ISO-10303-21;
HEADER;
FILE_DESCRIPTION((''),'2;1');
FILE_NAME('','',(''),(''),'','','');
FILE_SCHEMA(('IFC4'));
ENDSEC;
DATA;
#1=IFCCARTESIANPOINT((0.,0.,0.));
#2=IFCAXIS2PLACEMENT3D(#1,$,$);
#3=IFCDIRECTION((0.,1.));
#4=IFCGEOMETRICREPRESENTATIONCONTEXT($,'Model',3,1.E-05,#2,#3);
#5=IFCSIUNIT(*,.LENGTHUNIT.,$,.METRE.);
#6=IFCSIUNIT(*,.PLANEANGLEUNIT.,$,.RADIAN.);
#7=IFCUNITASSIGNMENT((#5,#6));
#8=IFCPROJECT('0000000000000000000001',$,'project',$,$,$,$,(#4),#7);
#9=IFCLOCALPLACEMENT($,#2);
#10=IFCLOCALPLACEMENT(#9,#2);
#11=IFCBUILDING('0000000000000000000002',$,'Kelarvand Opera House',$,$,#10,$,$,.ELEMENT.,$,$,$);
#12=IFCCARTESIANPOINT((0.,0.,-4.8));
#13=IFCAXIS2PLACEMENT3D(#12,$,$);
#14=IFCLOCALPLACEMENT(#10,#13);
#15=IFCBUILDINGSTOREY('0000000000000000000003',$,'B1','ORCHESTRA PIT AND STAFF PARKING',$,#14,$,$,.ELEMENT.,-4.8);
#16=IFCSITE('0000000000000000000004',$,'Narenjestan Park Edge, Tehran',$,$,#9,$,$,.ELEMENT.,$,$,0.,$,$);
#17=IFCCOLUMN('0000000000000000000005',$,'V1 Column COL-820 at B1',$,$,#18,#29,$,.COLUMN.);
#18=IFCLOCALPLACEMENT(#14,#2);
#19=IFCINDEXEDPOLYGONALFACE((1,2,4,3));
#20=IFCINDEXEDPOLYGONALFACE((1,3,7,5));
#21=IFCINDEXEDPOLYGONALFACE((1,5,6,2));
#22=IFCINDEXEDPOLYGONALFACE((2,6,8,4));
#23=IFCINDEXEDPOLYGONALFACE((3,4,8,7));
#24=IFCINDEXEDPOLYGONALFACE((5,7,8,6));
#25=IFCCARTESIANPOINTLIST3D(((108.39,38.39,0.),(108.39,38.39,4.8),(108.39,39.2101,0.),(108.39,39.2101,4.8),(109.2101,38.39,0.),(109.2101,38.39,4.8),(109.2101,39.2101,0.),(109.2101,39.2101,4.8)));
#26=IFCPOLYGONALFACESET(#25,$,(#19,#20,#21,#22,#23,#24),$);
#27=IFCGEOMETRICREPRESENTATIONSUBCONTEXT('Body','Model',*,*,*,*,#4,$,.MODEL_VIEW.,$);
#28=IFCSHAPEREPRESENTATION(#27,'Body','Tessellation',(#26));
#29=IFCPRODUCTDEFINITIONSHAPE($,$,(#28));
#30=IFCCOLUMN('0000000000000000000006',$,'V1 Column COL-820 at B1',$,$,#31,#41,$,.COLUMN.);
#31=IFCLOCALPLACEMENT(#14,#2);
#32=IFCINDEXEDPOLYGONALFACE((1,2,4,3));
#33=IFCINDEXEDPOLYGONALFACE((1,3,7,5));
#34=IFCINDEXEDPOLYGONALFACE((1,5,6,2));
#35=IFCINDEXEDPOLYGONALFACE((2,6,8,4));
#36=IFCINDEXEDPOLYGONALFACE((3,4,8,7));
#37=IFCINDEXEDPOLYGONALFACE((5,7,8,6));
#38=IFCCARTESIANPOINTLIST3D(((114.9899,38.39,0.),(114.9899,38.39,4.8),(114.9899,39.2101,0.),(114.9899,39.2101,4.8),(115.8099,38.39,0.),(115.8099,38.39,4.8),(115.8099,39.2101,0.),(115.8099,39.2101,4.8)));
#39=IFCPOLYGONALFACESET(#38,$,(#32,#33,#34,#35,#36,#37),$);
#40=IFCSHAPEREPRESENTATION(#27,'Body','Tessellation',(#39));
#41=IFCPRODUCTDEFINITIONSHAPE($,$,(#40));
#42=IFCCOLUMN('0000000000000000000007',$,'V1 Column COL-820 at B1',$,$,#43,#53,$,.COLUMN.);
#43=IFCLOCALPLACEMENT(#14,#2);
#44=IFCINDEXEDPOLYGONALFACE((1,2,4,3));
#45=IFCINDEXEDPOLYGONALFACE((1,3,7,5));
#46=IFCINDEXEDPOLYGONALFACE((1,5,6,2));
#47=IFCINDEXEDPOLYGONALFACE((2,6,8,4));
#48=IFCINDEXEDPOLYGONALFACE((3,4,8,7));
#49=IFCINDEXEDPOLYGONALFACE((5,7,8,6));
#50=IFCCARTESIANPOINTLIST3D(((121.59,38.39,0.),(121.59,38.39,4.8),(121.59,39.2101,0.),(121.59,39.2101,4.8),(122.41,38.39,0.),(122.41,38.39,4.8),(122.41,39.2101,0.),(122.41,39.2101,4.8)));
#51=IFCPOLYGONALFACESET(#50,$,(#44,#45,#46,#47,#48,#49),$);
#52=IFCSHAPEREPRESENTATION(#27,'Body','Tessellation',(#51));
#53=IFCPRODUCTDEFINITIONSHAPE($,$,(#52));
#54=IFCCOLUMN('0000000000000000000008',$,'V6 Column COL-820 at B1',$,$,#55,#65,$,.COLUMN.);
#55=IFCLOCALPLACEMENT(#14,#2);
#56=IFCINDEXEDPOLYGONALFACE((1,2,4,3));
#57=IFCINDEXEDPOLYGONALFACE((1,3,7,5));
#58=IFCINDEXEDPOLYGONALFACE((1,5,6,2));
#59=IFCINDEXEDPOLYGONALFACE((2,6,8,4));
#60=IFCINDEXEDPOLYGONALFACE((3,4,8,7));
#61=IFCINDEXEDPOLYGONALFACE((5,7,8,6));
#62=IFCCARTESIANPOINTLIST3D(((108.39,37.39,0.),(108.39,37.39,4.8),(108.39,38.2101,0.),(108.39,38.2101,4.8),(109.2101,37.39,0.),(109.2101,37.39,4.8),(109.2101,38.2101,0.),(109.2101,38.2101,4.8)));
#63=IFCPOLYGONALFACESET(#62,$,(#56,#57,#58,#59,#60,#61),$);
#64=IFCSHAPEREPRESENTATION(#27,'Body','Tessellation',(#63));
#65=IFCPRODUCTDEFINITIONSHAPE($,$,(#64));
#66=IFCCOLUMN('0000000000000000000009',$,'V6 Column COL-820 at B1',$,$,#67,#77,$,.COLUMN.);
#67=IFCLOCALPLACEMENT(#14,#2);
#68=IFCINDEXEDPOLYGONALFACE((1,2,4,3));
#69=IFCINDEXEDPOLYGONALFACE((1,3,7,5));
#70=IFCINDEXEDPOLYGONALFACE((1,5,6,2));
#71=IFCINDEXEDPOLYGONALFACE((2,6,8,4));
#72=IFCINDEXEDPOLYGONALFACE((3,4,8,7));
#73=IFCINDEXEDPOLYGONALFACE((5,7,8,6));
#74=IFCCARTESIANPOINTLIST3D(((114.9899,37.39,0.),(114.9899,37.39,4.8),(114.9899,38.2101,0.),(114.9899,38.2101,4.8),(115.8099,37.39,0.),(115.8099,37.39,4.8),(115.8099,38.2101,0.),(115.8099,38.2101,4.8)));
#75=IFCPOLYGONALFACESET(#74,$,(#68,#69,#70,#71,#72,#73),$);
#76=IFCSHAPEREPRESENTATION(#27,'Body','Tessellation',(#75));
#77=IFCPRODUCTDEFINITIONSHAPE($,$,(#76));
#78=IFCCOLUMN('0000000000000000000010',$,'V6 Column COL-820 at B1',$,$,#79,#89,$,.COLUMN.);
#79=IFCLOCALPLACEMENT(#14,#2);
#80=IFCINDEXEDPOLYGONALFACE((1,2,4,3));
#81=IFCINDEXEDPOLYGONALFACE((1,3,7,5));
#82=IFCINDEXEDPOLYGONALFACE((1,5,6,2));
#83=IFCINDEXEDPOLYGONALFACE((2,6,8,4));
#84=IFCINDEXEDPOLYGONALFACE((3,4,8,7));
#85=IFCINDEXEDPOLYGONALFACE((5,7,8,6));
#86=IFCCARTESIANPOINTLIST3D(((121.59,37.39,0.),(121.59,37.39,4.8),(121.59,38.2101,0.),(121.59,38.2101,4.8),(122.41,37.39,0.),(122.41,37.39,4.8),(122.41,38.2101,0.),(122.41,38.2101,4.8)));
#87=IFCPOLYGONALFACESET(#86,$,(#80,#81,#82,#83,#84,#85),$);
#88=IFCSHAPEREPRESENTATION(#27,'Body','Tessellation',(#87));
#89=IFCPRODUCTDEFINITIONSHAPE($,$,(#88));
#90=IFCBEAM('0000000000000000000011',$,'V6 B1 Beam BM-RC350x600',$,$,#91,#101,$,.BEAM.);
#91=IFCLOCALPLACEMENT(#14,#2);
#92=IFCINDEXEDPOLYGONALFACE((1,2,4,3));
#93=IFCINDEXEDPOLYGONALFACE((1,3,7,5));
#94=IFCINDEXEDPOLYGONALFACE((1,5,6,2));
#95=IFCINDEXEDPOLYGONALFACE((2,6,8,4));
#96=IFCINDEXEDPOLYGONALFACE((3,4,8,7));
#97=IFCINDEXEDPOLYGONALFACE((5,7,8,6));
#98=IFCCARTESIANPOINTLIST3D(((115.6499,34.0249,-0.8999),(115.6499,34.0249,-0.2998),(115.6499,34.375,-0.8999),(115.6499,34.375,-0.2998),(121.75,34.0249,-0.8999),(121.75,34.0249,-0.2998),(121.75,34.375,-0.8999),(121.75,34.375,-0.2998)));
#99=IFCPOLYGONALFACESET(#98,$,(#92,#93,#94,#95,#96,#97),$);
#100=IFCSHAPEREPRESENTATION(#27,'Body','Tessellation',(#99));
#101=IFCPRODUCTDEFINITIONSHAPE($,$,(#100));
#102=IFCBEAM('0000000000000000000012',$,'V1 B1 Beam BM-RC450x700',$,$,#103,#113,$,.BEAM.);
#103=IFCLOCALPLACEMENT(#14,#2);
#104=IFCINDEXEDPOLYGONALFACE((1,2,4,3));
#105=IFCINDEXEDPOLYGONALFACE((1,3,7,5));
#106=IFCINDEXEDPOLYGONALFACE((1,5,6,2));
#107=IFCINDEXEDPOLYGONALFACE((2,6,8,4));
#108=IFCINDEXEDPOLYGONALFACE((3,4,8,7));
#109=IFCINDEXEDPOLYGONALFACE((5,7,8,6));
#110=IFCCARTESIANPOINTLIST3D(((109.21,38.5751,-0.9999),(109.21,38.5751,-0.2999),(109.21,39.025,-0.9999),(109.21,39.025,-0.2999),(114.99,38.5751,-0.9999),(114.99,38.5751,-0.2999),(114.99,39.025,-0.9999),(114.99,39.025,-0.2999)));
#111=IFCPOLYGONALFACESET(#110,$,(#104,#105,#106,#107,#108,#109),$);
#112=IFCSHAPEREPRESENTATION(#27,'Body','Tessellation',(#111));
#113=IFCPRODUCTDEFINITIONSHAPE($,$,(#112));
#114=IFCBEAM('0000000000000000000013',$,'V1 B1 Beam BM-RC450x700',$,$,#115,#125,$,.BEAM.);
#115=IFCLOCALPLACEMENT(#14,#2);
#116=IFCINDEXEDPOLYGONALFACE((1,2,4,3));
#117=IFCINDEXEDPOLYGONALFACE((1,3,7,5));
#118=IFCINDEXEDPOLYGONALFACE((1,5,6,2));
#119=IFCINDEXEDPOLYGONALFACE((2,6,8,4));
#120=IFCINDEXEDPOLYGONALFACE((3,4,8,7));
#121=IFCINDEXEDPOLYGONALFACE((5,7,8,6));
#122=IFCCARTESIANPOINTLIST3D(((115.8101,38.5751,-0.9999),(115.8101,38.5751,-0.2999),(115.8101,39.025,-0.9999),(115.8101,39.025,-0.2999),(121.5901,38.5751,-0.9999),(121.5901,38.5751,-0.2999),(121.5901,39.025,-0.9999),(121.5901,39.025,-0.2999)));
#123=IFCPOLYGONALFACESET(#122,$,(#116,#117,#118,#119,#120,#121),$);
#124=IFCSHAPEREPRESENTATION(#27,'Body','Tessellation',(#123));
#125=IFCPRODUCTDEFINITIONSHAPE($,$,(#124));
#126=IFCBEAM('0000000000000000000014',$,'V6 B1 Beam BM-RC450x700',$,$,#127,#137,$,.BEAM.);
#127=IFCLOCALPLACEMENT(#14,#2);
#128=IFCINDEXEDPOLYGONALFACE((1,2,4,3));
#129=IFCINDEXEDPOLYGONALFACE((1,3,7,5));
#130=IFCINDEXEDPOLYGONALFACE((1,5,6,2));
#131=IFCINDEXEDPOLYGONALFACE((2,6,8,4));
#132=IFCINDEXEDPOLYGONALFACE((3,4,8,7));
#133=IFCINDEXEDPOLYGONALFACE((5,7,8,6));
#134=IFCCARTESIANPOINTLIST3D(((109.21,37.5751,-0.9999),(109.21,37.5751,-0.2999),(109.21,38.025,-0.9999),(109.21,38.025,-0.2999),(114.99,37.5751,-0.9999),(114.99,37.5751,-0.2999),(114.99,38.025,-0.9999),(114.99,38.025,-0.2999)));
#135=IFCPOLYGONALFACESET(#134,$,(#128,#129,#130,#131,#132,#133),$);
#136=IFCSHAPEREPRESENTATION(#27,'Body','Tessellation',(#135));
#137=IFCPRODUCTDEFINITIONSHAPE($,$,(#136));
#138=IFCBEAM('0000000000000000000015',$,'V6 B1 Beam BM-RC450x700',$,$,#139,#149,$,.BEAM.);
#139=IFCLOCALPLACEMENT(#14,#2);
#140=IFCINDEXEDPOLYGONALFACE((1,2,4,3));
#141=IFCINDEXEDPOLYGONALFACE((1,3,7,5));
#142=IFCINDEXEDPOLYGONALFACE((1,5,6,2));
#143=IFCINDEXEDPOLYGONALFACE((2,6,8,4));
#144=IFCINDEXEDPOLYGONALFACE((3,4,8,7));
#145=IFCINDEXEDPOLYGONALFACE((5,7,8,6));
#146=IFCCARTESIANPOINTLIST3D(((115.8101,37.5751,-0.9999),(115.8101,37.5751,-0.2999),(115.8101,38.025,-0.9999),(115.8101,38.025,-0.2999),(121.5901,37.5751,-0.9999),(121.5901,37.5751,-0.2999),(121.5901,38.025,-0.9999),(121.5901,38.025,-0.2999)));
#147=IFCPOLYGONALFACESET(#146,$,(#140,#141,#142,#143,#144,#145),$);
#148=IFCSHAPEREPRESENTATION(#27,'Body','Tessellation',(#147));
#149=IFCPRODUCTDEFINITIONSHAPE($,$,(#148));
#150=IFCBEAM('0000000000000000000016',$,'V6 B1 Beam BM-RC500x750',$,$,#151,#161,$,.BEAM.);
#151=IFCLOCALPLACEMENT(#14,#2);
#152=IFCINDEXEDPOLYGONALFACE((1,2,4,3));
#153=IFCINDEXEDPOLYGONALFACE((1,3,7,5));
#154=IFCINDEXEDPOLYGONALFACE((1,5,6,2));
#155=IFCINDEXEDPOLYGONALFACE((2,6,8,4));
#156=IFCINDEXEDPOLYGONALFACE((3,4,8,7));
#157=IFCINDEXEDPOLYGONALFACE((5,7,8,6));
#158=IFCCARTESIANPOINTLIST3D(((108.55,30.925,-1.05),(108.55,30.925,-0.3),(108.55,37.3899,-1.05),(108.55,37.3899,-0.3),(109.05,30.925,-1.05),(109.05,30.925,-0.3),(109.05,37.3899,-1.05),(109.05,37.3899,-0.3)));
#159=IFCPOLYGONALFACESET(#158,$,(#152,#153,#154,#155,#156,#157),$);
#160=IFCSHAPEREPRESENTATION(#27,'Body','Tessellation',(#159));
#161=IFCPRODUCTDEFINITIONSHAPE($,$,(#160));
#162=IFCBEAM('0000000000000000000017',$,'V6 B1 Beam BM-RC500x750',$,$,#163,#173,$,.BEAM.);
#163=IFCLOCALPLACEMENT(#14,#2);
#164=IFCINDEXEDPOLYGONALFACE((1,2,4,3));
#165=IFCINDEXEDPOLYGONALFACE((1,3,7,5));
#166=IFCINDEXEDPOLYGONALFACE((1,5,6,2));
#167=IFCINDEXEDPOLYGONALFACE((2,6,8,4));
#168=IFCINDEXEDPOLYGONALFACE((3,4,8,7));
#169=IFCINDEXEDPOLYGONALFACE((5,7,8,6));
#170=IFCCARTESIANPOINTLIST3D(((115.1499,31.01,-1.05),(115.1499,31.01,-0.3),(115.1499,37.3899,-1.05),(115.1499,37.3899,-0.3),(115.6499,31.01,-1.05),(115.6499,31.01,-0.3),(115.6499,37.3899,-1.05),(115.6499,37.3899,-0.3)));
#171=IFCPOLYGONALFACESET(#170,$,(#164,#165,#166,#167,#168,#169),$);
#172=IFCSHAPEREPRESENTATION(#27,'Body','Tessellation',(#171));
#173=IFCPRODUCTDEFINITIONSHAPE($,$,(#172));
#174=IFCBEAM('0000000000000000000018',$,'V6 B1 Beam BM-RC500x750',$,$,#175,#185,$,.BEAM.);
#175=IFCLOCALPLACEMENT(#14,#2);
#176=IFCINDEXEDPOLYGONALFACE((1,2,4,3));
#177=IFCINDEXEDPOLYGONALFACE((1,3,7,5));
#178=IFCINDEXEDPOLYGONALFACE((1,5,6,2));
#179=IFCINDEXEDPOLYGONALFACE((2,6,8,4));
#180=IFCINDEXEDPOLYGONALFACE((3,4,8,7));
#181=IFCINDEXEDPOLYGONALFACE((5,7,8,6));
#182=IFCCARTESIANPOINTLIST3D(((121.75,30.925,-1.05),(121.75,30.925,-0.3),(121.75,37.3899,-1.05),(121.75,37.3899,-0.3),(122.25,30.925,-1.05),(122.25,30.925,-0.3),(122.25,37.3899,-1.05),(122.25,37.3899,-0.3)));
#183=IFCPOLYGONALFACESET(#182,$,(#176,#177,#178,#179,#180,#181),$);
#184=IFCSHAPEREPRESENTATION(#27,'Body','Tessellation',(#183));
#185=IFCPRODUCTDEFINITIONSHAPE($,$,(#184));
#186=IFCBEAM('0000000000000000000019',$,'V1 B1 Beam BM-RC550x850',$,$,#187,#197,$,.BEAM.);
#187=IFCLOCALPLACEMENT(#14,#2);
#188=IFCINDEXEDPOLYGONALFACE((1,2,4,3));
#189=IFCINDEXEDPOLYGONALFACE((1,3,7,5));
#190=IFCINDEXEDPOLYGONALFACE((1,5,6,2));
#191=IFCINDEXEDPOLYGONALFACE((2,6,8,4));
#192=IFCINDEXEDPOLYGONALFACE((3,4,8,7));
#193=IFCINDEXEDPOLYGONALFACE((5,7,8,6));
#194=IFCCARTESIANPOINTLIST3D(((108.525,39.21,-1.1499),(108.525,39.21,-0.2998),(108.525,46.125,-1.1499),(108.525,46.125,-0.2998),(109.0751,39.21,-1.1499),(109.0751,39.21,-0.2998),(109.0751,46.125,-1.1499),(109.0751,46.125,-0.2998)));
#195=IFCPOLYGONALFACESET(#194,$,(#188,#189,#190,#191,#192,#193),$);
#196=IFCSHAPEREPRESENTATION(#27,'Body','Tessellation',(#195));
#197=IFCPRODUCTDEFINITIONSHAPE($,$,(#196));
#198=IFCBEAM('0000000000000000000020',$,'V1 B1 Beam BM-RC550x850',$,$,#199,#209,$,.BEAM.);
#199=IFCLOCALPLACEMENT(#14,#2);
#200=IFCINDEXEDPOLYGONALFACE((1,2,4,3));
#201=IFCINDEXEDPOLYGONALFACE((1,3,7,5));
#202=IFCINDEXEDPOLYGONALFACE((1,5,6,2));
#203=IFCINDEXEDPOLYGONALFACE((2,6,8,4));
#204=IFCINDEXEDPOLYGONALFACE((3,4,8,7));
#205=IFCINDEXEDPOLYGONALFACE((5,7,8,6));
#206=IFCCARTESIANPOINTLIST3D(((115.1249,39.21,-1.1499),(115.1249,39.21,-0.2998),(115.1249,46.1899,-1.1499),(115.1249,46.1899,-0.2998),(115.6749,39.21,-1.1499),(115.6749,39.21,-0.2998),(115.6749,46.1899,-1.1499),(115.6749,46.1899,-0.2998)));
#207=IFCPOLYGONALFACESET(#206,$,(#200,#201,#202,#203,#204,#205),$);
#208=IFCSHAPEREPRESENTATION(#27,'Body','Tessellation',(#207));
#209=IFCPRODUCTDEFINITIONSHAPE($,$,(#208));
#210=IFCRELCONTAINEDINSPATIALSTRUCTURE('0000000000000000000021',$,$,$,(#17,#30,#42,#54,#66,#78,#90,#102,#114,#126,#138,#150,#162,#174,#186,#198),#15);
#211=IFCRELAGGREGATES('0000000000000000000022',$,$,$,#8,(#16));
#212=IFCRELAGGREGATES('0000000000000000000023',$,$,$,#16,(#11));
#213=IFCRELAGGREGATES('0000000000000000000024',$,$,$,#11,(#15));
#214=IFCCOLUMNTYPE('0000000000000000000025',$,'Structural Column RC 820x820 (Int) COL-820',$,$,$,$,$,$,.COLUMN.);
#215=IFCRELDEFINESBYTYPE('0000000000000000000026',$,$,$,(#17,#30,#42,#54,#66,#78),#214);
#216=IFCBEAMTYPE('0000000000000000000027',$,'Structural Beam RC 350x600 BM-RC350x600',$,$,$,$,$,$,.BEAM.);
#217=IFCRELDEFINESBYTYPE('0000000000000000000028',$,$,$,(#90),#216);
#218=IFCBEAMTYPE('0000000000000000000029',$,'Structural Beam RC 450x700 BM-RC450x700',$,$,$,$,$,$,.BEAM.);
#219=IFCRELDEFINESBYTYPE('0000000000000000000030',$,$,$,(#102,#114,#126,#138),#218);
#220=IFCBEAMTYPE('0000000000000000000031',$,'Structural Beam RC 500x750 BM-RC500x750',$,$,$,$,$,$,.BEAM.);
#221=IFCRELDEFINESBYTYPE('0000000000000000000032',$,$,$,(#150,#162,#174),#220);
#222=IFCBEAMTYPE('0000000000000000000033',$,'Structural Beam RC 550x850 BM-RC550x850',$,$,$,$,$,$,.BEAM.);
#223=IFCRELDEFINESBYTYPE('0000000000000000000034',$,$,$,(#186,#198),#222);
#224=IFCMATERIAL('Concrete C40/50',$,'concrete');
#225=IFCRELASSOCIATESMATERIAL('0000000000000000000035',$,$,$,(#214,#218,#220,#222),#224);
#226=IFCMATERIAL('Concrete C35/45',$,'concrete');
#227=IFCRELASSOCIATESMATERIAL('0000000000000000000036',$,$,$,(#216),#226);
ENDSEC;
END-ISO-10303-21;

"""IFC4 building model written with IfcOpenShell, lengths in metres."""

from ifc_helpers import new_model, si_unit, direction, frame, origin, origin_2d, place, context, subcontext, project, spatial, rectangle, extrude, material, material_profile, profile_set, type_object, element, save


model = new_model("IFC4")

# Units and contexts
model_context = context("Model", 3, precision=1e-05, world=origin(), true_north=direction((0.0, 1.0)))
body_context = subcontext(model_context, "Body", "Model", "MODEL_VIEW")
ifc_project = project(units=[si_unit("LENGTHUNIT", "METRE"), si_unit("PLANEANGLEUNIT", "RADIAN")], contexts=[model_context])

# Site, building, storey
site_placement = place(None, origin())
site = spatial("IfcSite", under=ifc_project, at=site_placement, Name="Narenjestan Park Edge, Tehran", CompositionType="ELEMENT", RefElevation=0.0)
building_placement = place(site_placement, origin())
building = spatial("IfcBuilding", under=site, at=building_placement, Name="Kelarvand Opera House", CompositionType="ELEMENT")
storey_placement = place(building_placement, frame((0.0, 0.0, -4.8)))
storey = spatial("IfcBuildingStorey", under=building, at=storey_placement, Name="B1", Description="ORCHESTRA PIT AND STAFF PARKING", CompositionType="ELEMENT", Elevation=-4.8)

# Columns
ifc_material_1 = material(Name="Concrete C40/50", Category="concrete")
ifc_material_profile_1 = material_profile(ifc_material_1, rectangle(XDim=0.8201, YDim=0.8201, at=origin_2d()), Name="RC 820x820", Category="concrete")
ifc_profile_set_1 = profile_set([ifc_material_profile_1], Name="Concrete C40/50")
column_type = type_object("IfcColumnType", Name="Structural Column RC 820x820 (Int) COL-820", PredefinedType="COLUMN", material=ifc_profile_set_1)
for number, where, z_axis, x_axis, name in (
    (1, (108.8, 38.8, 0.0), (0.0, 0.0, 1.0), (1.0, 0.0, 0.0), "V1 Column COL-820 at B1"),
    (2, (115.3999, 38.8, 0.0), (0.0, 0.0, 1.0), (1.0, 0.0, 0.0), "V1 Column COL-820 at B1"),
    (3, (122.0, 38.8, 0.0), (0.0, 0.0, 1.0), (1.0, 0.0, 0.0), "V1 Column COL-820 at B1"),
    (4, (108.8, 37.8, 0.0), (0.0, 0.0, 1.0), (1.0, 0.0, 0.0), "V6 Column COL-820 at B1"),
    (5, (115.3999, 37.8, 0.0), (0.0, 0.0, 1.0), (1.0, 0.0, 0.0), "V6 Column COL-820 at B1"),
    (6, (122.0, 37.8, 0.0), (0.0, 0.0, 1.0), (1.0, 0.0, 0.0), "V6 Column COL-820 at B1"),
):
    element("IfcColumn", number, at=place(storey_placement, frame(where, z_axis=z_axis, x_axis=x_axis)), inside=storey, type_object=column_type, Name=name, PredefinedType="COLUMN", context=body_context, shape_type="SweptSolid", body=[
        extrude(rectangle(XDim=0.8201, YDim=0.8201, at=origin_2d()), origin(), (0.0, 0.0, 1.0), 4.8),
    ])

# Beams
ifc_material_2 = material(Name="Concrete C35/45", Category="concrete")
ifc_material_profile_2 = material_profile(ifc_material_2, rectangle(XDim=0.3501, YDim=0.6001, at=origin_2d()), Name="RC 350x600", Category="concrete")
ifc_profile_set_2 = profile_set([ifc_material_profile_2], Name="Concrete C35/45")
beam_type_1 = type_object("IfcBeamType", Name="Structural Beam RC 350x600 BM-RC350x600", PredefinedType="BEAM", material=ifc_profile_set_2)
beam_1_placement = place(storey_placement, frame((115.6499, 34.2, -0.5999), z_axis=(1.0, 0.0, 0.0), x_axis=(0.0, 1.0, 0.0)))
element("IfcBeam", 7, at=beam_1_placement, inside=storey, type_object=beam_type_1, Name="V6 B1 Beam BM-RC350x600", PredefinedType="BEAM", context=body_context, shape_type="SweptSolid", body=[
    extrude(rectangle(XDim=0.3501, YDim=0.6001, at=origin_2d()), origin(), (0.0, 0.0, 1.0), 6.1001),
])
ifc_material_profile_3 = material_profile(ifc_material_1, rectangle(XDim=0.45, YDim=0.7, at=origin_2d()), Name="RC 450x700", Category="concrete")
ifc_profile_set_3 = profile_set([ifc_material_profile_3], Name="Concrete C40/50")
beam_type_2 = type_object("IfcBeamType", Name="Structural Beam RC 450x700 BM-RC450x700", PredefinedType="BEAM", material=ifc_profile_set_3)
for number, where, z_axis, x_axis, name in (
    (8, (109.21, 38.8, -0.6499), (1.0, 0.0, 0.0), (0.0, 1.0, 0.0), "V1 B1 Beam BM-RC450x700"),
    (9, (115.8101, 38.8, -0.6499), (1.0, 0.0, 0.0), (0.0, 1.0, 0.0), "V1 B1 Beam BM-RC450x700"),
    (10, (109.21, 37.8, -0.6499), (1.0, 0.0, 0.0), (0.0, 1.0, 0.0), "V6 B1 Beam BM-RC450x700"),
    (11, (115.8101, 37.8, -0.6499), (1.0, 0.0, 0.0), (0.0, 1.0, 0.0), "V6 B1 Beam BM-RC450x700"),
):
    element("IfcBeam", number, at=place(storey_placement, frame(where, z_axis=z_axis, x_axis=x_axis)), inside=storey, type_object=beam_type_2, Name=name, PredefinedType="BEAM", context=body_context, shape_type="SweptSolid", body=[
        extrude(rectangle(XDim=0.45, YDim=0.7, at=origin_2d()), origin(), (0.0, 0.0, 1.0), 5.78),
    ])
ifc_material_profile_4 = material_profile(ifc_material_1, rectangle(XDim=0.5, YDim=0.75, at=origin_2d()), Name="RC 500x750", Category="concrete")
ifc_profile_set_4 = profile_set([ifc_material_profile_4], Name="Concrete C40/50")
beam_type_3 = type_object("IfcBeamType", Name="Structural Beam RC 500x750 BM-RC500x750", PredefinedType="BEAM", material=ifc_profile_set_4)
beam_2_placement = place(storey_placement, frame((108.8, 30.925, -0.675), z_axis=(0.0, 1.0, 0.0), x_axis=(-1.0, 0.0, 0.0)))
element("IfcBeam", 12, at=beam_2_placement, inside=storey, type_object=beam_type_3, Name="V6 B1 Beam BM-RC500x750", PredefinedType="BEAM", context=body_context, shape_type="SweptSolid", body=[
    extrude(rectangle(XDim=0.5, YDim=0.75, at=origin_2d()), origin(), (0.0, 0.0, 1.0), 6.4648),
])
beam_3_placement = place(storey_placement, frame((115.3999, 31.01, -0.675), z_axis=(0.0, 1.0, 0.0), x_axis=(-1.0, 0.0, 0.0)))
element("IfcBeam", 13, at=beam_3_placement, inside=storey, type_object=beam_type_3, Name="V6 B1 Beam BM-RC500x750", PredefinedType="BEAM", context=body_context, shape_type="SweptSolid", body=[
    extrude(rectangle(XDim=0.5, YDim=0.75, at=origin_2d()), origin(), (0.0, 0.0, 1.0), 6.3799),
])
beam_4_placement = place(storey_placement, frame((122.0, 30.925, -0.675), z_axis=(0.0, 1.0, 0.0), x_axis=(-1.0, 0.0, 0.0)))
element("IfcBeam", 14, at=beam_4_placement, inside=storey, type_object=beam_type_3, Name="V6 B1 Beam BM-RC500x750", PredefinedType="BEAM", context=body_context, shape_type="SweptSolid", body=[
    extrude(rectangle(XDim=0.5, YDim=0.75, at=origin_2d()), origin(), (0.0, 0.0, 1.0), 6.4648),
])
ifc_material_profile_5 = material_profile(ifc_material_1, rectangle(XDim=0.55, YDim=0.8501, at=origin_2d()), Name="RC 550x850", Category="concrete")
ifc_profile_set_5 = profile_set([ifc_material_profile_5], Name="Concrete C40/50")
beam_type_4 = type_object("IfcBeamType", Name="Structural Beam RC 550x850 BM-RC550x850", PredefinedType="BEAM", material=ifc_profile_set_5)
beam_5_placement = place(storey_placement, frame((108.8, 39.21, -0.7249), z_axis=(0.0, 1.0, 0.0), x_axis=(-1.0, 0.0, 0.0)))
element("IfcBeam", 15, at=beam_5_placement, inside=storey, type_object=beam_type_4, Name="V1 B1 Beam BM-RC550x850", PredefinedType="BEAM", context=body_context, shape_type="SweptSolid", body=[
    extrude(rectangle(XDim=0.55, YDim=0.8501, at=origin_2d()), origin(), (0.0, 0.0, 1.0), 6.915),
])
beam_6_placement = place(storey_placement, frame((115.3999, 39.21, -0.7249), z_axis=(0.0, 1.0, 0.0), x_axis=(-1.0, 0.0, 0.0)))
element("IfcBeam", 16, at=beam_6_placement, inside=storey, type_object=beam_type_4, Name="V1 B1 Beam BM-RC550x850", PredefinedType="BEAM", context=body_context, shape_type="SweptSolid", body=[
    extrude(rectangle(XDim=0.55, YDim=0.8501, at=origin_2d()), origin(), (0.0, 0.0, 1.0), 6.98),
])

save(model, "model.ifc")
